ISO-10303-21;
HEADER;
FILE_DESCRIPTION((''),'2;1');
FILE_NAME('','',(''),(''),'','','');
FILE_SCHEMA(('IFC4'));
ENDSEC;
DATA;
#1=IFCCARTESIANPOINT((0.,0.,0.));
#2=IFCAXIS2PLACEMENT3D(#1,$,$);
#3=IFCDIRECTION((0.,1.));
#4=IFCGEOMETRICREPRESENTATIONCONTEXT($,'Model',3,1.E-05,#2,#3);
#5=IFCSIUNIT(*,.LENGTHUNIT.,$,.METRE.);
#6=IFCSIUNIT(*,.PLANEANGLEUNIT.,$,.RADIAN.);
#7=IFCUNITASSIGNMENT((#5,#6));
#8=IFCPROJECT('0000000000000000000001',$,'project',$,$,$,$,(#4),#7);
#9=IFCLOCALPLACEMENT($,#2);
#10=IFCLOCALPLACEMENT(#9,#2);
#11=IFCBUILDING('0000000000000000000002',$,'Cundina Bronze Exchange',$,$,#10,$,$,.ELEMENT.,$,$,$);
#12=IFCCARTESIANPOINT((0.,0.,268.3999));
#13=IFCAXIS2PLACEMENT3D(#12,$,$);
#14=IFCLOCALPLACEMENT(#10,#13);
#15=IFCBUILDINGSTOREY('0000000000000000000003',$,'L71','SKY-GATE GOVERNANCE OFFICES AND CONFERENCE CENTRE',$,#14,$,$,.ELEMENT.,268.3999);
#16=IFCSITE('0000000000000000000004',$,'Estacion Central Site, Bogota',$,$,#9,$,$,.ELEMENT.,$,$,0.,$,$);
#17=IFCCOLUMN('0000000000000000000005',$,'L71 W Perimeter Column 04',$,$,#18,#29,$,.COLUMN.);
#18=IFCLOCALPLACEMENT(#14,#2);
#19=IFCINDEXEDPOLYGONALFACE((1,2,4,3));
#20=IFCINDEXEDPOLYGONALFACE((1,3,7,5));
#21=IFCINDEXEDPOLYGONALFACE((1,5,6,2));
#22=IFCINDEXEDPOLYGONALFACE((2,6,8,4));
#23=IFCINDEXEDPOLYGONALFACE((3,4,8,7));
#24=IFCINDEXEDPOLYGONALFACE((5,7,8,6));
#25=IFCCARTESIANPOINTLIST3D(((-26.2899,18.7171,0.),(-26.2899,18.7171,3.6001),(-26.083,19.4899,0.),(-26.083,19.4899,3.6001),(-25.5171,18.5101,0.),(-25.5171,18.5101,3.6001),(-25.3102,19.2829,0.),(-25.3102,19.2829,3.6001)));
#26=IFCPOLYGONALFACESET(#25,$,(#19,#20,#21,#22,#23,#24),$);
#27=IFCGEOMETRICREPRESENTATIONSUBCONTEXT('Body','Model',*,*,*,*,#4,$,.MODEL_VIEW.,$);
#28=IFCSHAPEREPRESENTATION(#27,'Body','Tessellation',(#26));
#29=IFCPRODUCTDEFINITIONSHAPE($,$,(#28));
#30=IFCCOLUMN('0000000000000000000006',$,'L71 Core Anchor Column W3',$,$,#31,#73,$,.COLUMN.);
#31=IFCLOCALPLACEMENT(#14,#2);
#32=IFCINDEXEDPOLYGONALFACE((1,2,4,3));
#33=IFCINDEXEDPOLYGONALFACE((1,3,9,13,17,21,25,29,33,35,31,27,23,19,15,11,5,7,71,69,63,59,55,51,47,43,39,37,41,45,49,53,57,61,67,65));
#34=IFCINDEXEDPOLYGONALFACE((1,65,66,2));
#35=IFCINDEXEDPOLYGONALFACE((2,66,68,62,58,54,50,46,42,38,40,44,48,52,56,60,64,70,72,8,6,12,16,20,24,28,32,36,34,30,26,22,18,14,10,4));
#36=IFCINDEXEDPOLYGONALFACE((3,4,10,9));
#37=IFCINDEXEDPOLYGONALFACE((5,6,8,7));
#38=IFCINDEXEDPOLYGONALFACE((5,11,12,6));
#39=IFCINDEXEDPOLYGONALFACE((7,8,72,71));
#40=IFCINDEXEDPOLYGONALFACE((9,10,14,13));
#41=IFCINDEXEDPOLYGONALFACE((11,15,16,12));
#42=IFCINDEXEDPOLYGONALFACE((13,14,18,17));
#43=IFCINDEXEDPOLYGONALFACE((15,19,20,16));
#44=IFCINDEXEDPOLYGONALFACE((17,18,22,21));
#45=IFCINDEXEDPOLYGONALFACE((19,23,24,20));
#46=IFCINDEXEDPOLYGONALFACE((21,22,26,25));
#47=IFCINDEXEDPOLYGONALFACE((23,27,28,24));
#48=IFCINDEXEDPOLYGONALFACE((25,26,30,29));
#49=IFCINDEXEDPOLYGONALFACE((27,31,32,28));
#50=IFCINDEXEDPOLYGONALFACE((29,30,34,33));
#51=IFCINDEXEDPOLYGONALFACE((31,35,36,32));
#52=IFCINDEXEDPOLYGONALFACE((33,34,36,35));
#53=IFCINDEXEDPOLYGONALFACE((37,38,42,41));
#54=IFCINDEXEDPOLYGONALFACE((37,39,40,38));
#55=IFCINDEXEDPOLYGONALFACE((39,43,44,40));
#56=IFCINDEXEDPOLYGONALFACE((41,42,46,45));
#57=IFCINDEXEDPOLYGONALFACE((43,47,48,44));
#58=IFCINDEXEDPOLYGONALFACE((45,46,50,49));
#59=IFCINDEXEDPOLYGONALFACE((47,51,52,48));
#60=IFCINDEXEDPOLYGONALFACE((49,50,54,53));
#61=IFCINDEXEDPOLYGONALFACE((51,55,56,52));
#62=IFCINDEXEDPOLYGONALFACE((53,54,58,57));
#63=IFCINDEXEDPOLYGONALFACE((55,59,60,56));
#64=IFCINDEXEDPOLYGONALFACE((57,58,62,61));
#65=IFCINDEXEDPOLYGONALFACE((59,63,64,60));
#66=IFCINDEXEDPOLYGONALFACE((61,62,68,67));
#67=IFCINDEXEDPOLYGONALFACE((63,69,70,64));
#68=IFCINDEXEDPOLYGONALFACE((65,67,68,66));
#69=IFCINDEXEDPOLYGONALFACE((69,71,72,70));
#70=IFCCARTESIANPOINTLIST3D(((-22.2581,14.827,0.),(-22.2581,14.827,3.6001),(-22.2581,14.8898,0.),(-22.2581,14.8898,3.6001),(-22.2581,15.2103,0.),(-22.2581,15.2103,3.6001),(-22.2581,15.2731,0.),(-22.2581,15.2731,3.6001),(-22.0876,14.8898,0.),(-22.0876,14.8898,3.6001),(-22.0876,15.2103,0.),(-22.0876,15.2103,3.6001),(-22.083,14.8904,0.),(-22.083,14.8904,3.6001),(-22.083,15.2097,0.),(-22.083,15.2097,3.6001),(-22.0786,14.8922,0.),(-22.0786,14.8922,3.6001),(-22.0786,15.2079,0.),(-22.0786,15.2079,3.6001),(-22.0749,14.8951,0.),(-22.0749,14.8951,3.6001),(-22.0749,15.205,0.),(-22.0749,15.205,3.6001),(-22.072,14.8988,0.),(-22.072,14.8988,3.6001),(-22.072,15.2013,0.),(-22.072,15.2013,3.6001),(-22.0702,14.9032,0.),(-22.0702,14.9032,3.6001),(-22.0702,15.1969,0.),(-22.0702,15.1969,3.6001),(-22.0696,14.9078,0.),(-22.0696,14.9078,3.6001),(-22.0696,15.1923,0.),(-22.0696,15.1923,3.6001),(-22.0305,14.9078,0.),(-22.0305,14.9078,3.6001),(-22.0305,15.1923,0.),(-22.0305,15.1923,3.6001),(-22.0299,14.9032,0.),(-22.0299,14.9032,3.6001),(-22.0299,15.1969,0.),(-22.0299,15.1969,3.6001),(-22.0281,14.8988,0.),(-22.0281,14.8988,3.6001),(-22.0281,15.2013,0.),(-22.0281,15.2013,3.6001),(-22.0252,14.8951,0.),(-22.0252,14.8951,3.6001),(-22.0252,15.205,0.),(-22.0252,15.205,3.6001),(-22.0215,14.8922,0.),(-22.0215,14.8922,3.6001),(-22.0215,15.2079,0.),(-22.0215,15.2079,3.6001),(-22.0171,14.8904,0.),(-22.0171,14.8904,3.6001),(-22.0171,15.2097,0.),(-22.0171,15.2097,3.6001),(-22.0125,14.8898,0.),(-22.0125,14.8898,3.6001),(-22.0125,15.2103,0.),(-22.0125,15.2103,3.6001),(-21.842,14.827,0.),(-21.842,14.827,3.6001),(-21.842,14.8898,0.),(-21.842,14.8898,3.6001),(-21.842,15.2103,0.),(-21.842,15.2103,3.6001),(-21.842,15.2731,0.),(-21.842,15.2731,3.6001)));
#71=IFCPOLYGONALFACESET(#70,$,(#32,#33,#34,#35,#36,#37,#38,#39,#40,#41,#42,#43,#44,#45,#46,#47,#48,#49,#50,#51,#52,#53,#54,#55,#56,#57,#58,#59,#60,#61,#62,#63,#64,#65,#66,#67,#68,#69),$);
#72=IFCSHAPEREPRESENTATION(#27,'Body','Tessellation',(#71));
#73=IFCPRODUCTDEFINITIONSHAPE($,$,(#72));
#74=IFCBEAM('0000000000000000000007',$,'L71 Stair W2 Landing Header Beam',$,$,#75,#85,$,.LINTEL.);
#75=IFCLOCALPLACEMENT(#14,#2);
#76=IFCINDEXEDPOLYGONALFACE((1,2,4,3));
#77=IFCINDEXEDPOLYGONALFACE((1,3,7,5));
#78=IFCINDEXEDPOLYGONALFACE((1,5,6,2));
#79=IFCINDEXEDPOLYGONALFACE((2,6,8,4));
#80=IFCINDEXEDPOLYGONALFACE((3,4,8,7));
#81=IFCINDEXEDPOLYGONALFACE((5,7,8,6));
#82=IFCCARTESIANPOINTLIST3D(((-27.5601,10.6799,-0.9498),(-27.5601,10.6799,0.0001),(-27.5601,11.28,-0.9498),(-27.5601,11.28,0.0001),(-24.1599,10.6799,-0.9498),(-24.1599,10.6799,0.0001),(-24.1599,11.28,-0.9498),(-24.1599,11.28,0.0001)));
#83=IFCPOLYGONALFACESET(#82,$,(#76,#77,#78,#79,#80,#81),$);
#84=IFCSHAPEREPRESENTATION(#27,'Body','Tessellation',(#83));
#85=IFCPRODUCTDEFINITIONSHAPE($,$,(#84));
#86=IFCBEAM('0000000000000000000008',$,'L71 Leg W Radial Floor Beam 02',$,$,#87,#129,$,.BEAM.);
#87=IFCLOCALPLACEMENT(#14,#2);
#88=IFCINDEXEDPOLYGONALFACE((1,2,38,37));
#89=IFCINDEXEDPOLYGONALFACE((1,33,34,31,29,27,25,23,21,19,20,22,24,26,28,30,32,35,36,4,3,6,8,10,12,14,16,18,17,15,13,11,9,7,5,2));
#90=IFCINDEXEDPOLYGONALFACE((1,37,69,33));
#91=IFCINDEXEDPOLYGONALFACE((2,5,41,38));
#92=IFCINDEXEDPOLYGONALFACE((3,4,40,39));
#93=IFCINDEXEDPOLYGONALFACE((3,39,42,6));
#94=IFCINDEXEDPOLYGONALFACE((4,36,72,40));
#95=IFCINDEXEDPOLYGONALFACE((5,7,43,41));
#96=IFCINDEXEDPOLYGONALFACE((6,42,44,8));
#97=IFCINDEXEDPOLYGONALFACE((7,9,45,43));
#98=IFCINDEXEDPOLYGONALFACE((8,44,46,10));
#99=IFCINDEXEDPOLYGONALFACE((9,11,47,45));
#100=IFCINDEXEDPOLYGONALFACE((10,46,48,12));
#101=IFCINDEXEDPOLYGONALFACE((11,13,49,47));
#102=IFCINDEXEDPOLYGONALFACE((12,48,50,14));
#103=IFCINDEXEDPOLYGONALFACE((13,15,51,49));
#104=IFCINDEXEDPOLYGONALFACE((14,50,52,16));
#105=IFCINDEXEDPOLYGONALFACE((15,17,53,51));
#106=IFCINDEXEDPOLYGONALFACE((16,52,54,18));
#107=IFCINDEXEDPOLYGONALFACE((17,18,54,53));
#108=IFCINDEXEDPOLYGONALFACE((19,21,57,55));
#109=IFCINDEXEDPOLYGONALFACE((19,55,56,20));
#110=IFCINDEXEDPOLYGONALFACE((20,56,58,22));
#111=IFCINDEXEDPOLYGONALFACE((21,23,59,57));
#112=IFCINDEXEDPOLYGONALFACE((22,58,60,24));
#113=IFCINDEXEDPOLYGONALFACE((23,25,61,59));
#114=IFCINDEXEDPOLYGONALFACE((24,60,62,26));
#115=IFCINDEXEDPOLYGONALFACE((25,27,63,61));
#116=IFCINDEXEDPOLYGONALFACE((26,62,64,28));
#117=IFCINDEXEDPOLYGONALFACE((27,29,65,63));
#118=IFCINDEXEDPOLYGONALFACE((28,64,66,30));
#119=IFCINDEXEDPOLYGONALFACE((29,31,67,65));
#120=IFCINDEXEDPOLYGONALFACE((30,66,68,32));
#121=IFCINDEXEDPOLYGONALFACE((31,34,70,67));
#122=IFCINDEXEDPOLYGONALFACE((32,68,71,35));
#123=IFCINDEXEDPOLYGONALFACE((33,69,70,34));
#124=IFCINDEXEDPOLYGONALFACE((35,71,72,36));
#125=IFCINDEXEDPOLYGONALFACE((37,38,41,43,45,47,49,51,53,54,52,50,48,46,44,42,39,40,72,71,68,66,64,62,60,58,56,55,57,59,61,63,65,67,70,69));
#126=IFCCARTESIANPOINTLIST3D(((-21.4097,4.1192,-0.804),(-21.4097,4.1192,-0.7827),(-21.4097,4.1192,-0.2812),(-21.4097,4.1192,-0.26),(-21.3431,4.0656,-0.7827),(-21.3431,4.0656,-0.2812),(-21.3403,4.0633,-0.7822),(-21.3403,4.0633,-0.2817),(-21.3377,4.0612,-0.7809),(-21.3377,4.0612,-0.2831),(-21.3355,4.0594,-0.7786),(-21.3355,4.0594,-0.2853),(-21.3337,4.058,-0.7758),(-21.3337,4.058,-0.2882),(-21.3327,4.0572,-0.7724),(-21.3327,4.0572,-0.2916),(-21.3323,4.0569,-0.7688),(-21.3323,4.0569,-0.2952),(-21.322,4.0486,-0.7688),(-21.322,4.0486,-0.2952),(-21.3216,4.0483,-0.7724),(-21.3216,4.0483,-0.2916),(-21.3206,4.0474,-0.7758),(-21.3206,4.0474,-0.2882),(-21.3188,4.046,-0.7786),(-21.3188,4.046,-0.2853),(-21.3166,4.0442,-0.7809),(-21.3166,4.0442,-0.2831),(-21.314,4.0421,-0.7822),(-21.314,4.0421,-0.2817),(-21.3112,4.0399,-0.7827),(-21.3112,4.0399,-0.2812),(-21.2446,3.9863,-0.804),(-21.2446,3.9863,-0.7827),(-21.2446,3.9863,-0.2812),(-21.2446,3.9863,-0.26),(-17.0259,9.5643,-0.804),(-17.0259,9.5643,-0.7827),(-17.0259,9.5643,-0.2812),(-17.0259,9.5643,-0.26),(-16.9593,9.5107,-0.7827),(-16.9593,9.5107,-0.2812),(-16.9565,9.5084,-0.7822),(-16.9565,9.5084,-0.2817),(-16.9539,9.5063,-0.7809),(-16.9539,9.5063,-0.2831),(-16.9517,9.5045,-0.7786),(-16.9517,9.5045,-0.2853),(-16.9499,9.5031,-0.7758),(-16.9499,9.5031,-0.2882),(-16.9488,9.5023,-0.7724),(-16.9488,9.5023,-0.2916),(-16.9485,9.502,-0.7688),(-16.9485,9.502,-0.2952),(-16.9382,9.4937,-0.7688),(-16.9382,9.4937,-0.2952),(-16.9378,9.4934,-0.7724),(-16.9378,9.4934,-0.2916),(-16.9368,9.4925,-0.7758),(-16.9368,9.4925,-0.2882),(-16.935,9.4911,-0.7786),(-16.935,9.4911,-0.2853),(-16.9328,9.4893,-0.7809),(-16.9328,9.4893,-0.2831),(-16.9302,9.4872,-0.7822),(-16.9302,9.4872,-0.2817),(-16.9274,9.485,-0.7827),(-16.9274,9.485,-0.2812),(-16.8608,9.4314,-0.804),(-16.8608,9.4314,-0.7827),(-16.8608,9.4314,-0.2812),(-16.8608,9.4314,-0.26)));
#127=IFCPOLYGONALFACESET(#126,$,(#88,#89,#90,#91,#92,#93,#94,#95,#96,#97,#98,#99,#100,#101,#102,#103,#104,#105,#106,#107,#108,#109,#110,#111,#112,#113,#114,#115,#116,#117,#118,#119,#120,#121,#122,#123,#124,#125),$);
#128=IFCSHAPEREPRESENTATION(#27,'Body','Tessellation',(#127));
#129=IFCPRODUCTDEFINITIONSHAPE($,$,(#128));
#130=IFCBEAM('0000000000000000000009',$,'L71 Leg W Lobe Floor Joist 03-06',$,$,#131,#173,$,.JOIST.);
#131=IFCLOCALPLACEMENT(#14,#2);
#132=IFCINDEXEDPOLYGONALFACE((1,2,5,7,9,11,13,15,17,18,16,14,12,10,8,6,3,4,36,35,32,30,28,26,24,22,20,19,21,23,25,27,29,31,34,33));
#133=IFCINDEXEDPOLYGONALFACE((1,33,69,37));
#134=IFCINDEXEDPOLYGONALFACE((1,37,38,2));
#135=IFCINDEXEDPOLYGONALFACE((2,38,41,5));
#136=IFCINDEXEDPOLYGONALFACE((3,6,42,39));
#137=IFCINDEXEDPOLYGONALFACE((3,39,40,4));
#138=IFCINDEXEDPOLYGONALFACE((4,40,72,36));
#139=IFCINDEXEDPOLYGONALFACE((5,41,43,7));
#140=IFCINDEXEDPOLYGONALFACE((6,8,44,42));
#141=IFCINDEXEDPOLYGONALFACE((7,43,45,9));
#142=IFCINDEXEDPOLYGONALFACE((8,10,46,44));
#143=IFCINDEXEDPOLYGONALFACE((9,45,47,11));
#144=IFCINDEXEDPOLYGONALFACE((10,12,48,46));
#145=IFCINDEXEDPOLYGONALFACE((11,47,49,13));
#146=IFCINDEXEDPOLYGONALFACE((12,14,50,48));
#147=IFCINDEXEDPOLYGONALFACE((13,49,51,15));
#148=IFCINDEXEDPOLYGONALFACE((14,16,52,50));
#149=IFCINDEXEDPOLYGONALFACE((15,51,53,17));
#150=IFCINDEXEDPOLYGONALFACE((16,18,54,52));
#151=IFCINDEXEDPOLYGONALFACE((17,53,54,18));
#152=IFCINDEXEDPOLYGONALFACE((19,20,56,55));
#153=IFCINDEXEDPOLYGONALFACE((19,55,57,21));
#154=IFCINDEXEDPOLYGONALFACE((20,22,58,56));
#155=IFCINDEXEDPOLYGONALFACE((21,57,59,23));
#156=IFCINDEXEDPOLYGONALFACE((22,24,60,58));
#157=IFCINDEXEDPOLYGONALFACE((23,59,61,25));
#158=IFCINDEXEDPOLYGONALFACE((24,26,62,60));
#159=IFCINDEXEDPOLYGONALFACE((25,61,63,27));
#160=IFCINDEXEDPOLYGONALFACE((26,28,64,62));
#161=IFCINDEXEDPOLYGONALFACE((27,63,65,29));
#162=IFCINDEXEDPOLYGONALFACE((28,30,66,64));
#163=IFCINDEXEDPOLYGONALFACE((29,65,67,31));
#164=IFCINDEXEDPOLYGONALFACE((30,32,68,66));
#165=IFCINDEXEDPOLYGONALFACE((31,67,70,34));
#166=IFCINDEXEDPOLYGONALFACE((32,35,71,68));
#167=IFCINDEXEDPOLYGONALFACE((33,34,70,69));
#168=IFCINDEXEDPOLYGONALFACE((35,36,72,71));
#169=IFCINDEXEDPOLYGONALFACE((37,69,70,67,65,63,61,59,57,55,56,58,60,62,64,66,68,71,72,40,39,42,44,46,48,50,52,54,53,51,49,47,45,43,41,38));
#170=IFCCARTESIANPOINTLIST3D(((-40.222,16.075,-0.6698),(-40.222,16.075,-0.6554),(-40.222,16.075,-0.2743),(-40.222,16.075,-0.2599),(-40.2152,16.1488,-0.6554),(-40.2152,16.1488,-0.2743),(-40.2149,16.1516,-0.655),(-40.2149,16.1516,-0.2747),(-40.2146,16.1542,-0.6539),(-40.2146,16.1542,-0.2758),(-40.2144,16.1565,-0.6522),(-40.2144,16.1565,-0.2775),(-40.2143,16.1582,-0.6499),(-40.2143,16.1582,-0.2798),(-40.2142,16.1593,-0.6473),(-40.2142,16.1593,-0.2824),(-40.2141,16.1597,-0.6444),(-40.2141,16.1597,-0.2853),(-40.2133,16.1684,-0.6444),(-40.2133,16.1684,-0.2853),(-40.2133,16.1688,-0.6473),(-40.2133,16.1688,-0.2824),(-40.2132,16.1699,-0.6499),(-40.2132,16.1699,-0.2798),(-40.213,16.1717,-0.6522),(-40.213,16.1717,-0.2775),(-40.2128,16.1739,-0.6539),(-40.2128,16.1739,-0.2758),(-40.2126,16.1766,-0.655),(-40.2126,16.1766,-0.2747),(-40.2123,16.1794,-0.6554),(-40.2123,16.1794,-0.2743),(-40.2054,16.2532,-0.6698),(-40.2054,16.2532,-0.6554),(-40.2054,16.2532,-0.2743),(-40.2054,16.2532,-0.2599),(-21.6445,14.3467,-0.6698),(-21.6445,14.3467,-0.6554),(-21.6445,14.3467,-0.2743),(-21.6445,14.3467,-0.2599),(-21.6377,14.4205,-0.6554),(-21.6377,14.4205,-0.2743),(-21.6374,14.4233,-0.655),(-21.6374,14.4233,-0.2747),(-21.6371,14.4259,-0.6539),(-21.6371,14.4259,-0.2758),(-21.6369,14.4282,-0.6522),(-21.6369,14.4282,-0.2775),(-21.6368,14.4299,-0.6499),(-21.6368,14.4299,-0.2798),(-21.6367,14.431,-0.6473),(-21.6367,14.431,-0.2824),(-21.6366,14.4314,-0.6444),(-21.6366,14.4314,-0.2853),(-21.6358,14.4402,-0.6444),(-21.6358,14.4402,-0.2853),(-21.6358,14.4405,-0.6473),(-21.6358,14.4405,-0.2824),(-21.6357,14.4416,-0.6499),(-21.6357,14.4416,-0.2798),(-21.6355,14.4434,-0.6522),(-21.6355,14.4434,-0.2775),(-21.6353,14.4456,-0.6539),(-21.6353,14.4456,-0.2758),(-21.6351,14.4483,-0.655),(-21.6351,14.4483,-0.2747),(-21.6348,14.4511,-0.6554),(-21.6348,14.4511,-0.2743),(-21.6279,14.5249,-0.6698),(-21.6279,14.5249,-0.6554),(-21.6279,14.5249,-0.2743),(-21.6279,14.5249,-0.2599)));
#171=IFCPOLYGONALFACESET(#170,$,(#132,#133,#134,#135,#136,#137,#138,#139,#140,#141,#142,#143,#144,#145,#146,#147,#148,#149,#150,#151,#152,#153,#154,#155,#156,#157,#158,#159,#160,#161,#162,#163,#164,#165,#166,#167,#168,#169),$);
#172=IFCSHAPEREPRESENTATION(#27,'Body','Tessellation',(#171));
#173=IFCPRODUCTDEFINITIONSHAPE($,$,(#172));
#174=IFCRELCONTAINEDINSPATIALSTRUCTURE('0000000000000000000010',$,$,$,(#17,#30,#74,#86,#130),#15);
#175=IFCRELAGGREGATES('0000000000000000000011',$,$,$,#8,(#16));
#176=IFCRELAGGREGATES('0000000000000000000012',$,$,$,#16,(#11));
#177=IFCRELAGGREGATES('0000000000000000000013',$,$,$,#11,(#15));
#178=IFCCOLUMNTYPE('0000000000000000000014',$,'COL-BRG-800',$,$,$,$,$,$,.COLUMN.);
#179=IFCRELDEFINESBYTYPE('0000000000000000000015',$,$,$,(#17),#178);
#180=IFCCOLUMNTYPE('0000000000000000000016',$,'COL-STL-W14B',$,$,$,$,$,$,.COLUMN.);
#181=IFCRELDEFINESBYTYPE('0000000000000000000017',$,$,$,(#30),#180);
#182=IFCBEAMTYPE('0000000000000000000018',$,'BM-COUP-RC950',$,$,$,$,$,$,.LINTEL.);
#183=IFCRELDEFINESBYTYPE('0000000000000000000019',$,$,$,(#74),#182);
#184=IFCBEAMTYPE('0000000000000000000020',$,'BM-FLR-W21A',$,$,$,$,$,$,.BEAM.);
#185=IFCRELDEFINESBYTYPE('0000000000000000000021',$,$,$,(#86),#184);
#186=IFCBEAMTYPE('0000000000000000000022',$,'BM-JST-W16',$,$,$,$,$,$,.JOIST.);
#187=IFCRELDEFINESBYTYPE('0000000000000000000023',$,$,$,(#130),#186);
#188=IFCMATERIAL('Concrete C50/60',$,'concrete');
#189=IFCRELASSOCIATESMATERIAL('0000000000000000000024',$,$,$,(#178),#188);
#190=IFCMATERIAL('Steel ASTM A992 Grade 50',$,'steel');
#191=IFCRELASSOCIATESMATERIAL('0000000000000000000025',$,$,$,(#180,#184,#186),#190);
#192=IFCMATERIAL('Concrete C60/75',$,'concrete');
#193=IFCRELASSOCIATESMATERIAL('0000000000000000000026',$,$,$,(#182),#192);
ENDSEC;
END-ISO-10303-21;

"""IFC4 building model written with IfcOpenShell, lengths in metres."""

from ifc_helpers import new_model, si_unit, direction, frame, origin, origin_2d, place, context, subcontext, project, spatial, rectangle, i_section, extrude, material, material_profile, profile_set, type_object, element, save


model = new_model("IFC4")

# Units and contexts
model_context = context("Model", 3, precision=1e-05, world=origin(), true_north=direction((0.0, 1.0)))
body_context = subcontext(model_context, "Body", "Model", "MODEL_VIEW")
ifc_project = project(units=[si_unit("LENGTHUNIT", "METRE"), si_unit("PLANEANGLEUNIT", "RADIAN")], contexts=[model_context])

# Site, building, storey
site_placement = place(None, origin())
site = spatial("IfcSite", under=ifc_project, at=site_placement, Name="Estacion Central Site, Bogota", CompositionType="ELEMENT", RefElevation=0.0)
building_placement = place(site_placement, origin())
building = spatial("IfcBuilding", under=site, at=building_placement, Name="Cundina Bronze Exchange", CompositionType="ELEMENT")
storey_placement = place(building_placement, frame((0.0, 0.0, 268.3999)))
storey = spatial("IfcBuildingStorey", under=building, at=storey_placement, Name="L71", Description="SKY-GATE GOVERNANCE OFFICES AND CONFERENCE CENTRE", CompositionType="ELEMENT", Elevation=268.3999)

# Columns
ifc_material_1 = material(Name="Concrete C50/60", Category="concrete")
ifc_material_profile_1 = material_profile(ifc_material_1, rectangle(XDim=0.8, YDim=0.8, at=origin_2d()), Name="RC800X800", Category="concrete")
ifc_profile_set_1 = profile_set([ifc_material_profile_1], Name="Concrete C50/60")
column_type_1 = type_object("IfcColumnType", Name="COL-BRG-800", PredefinedType="COLUMN", material=ifc_profile_set_1)
column_1_placement = place(storey_placement, frame((-25.8, 19.0, 0.0), z_axis=(0.0, 0.0, 1.0), x_axis=(-0.965971, 0.25865, 0.0)))
element("IfcColumn", 1, at=column_1_placement, inside=storey, type_object=column_type_1, Name="L71 W Perimeter Column 04", PredefinedType="COLUMN", context=body_context, shape_type="SweptSolid", body=[
    extrude(rectangle(XDim=0.8, YDim=0.8, at=origin_2d()), origin(), (0.0, 0.0, 1.0), 3.6001),
])
ifc_material_2 = material(Name="Steel ASTM A992 Grade 50", Category="steel")
ifc_material_profile_2 = material_profile(ifc_material_2, i_section(OverallWidth=0.416, OverallDepth=0.446, WebThickness=0.0391, FlangeThickness=0.0627, FilletRadius=0.0181, at=origin_2d()), Name="W14X342", Category="steel")
ifc_profile_set_2 = profile_set([ifc_material_profile_2], Name="Steel ASTM A992 Grade 50")
column_type_2 = type_object("IfcColumnType", Name="COL-STL-W14B", PredefinedType="COLUMN", material=ifc_profile_set_2)
column_2_placement = place(storey_placement, frame((-22.05, 15.05, 0.0), z_axis=(0.0, 0.0, 1.0), x_axis=(1.0, 0.0, 0.0)))
element("IfcColumn", 2, at=column_2_placement, inside=storey, type_object=column_type_2, Name="L71 Core Anchor Column W3", PredefinedType="COLUMN", context=body_context, shape_type="SweptSolid", body=[
    extrude(i_section(OverallWidth=0.416, OverallDepth=0.446, WebThickness=0.0391, FlangeThickness=0.0627, FilletRadius=0.0181, at=origin_2d()), origin(), (0.0, 0.0, 1.0), 3.6001),
])

# Beams
ifc_material_3 = material(Name="Concrete C60/75", Category="concrete")
ifc_material_profile_3 = material_profile(ifc_material_3, rectangle(XDim=0.6001, YDim=0.95, at=origin_2d()), Name="RC600X950", Category="concrete")
ifc_profile_set_3 = profile_set([ifc_material_profile_3], Name="Concrete C60/75")
beam_type_1 = type_object("IfcBeamType", Name="BM-COUP-RC950", PredefinedType="LINTEL", material=ifc_profile_set_3)
beam_1_placement = place(storey_placement, frame((-27.5601, 10.98, -0.4749), z_axis=(1.0, 0.0, 0.0), x_axis=(0.0, 1.0, 0.0)))
element("IfcBeam", 3, at=beam_1_placement, inside=storey, type_object=beam_type_1, Name="L71 Stair W2 Landing Header Beam", PredefinedType="LINTEL", context=body_context, shape_type="SweptSolid", body=[
    extrude(rectangle(XDim=0.6001, YDim=0.95, at=origin_2d()), origin(), (0.0, 0.0, 1.0), 3.4001),
])
ifc_material_profile_4 = material_profile(ifc_material_2, i_section(OverallWidth=0.2119, OverallDepth=0.5439, WebThickness=0.0132, FlangeThickness=0.0212, FilletRadius=0.0139, at=origin_2d()), Name="W21X83", Category="steel")
ifc_profile_set_4 = profile_set([ifc_material_profile_4], Name="Steel ASTM A992 Grade 50")
beam_type_2 = type_object("IfcBeamType", Name="BM-FLR-W21A", PredefinedType="BEAM", material=ifc_profile_set_4)
beam_2_placement = place(storey_placement, frame((-21.3271, 4.0527, -0.532), z_axis=(0.627111, 0.77893, 0.0), x_axis=(-0.77893, 0.627111, 0.0)))
element("IfcBeam", 4, at=beam_2_placement, inside=storey, type_object=beam_type_2, Name="L71 Leg W Radial Floor Beam 02", PredefinedType="BEAM", context=body_context, shape_type="SweptSolid", body=[
    extrude(i_section(OverallWidth=0.2119, OverallDepth=0.5439, WebThickness=0.0132, FlangeThickness=0.0212, FilletRadius=0.0139, at=origin_2d()), origin(), (0.0, 0.0, 1.0), 6.9905),
])
ifc_material_profile_5 = material_profile(ifc_material_2, i_section(OverallWidth=0.179, OverallDepth=0.4099, WebThickness=0.0088, FlangeThickness=0.0144, FilletRadius=0.011, at=origin_2d()), Name="W16X45", Category="steel")
ifc_profile_set_5 = profile_set([ifc_material_profile_5], Name="Steel ASTM A992 Grade 50")
beam_type_3 = type_object("IfcBeamType", Name="BM-JST-W16", PredefinedType="JOIST", material=ifc_profile_set_5)
beam_3_placement = place(storey_placement, frame((-21.6362, 14.4358, -0.4648), z_axis=(-0.995701, 0.092631, 0.0), x_axis=(-0.092631, -0.995701, 0.0)))
element("IfcBeam", 5, at=beam_3_placement, inside=storey, type_object=beam_type_3, Name="L71 Leg W Lobe Floor Joist 03-06", PredefinedType="JOIST", context=body_context, shape_type="SweptSolid", body=[
    extrude(i_section(OverallWidth=0.179, OverallDepth=0.4099, WebThickness=0.0088, FlangeThickness=0.0144, FilletRadius=0.011, at=origin_2d()), origin(), (0.0, 0.0, 1.0), 18.6577),
])

save(model, "model.ifc")
